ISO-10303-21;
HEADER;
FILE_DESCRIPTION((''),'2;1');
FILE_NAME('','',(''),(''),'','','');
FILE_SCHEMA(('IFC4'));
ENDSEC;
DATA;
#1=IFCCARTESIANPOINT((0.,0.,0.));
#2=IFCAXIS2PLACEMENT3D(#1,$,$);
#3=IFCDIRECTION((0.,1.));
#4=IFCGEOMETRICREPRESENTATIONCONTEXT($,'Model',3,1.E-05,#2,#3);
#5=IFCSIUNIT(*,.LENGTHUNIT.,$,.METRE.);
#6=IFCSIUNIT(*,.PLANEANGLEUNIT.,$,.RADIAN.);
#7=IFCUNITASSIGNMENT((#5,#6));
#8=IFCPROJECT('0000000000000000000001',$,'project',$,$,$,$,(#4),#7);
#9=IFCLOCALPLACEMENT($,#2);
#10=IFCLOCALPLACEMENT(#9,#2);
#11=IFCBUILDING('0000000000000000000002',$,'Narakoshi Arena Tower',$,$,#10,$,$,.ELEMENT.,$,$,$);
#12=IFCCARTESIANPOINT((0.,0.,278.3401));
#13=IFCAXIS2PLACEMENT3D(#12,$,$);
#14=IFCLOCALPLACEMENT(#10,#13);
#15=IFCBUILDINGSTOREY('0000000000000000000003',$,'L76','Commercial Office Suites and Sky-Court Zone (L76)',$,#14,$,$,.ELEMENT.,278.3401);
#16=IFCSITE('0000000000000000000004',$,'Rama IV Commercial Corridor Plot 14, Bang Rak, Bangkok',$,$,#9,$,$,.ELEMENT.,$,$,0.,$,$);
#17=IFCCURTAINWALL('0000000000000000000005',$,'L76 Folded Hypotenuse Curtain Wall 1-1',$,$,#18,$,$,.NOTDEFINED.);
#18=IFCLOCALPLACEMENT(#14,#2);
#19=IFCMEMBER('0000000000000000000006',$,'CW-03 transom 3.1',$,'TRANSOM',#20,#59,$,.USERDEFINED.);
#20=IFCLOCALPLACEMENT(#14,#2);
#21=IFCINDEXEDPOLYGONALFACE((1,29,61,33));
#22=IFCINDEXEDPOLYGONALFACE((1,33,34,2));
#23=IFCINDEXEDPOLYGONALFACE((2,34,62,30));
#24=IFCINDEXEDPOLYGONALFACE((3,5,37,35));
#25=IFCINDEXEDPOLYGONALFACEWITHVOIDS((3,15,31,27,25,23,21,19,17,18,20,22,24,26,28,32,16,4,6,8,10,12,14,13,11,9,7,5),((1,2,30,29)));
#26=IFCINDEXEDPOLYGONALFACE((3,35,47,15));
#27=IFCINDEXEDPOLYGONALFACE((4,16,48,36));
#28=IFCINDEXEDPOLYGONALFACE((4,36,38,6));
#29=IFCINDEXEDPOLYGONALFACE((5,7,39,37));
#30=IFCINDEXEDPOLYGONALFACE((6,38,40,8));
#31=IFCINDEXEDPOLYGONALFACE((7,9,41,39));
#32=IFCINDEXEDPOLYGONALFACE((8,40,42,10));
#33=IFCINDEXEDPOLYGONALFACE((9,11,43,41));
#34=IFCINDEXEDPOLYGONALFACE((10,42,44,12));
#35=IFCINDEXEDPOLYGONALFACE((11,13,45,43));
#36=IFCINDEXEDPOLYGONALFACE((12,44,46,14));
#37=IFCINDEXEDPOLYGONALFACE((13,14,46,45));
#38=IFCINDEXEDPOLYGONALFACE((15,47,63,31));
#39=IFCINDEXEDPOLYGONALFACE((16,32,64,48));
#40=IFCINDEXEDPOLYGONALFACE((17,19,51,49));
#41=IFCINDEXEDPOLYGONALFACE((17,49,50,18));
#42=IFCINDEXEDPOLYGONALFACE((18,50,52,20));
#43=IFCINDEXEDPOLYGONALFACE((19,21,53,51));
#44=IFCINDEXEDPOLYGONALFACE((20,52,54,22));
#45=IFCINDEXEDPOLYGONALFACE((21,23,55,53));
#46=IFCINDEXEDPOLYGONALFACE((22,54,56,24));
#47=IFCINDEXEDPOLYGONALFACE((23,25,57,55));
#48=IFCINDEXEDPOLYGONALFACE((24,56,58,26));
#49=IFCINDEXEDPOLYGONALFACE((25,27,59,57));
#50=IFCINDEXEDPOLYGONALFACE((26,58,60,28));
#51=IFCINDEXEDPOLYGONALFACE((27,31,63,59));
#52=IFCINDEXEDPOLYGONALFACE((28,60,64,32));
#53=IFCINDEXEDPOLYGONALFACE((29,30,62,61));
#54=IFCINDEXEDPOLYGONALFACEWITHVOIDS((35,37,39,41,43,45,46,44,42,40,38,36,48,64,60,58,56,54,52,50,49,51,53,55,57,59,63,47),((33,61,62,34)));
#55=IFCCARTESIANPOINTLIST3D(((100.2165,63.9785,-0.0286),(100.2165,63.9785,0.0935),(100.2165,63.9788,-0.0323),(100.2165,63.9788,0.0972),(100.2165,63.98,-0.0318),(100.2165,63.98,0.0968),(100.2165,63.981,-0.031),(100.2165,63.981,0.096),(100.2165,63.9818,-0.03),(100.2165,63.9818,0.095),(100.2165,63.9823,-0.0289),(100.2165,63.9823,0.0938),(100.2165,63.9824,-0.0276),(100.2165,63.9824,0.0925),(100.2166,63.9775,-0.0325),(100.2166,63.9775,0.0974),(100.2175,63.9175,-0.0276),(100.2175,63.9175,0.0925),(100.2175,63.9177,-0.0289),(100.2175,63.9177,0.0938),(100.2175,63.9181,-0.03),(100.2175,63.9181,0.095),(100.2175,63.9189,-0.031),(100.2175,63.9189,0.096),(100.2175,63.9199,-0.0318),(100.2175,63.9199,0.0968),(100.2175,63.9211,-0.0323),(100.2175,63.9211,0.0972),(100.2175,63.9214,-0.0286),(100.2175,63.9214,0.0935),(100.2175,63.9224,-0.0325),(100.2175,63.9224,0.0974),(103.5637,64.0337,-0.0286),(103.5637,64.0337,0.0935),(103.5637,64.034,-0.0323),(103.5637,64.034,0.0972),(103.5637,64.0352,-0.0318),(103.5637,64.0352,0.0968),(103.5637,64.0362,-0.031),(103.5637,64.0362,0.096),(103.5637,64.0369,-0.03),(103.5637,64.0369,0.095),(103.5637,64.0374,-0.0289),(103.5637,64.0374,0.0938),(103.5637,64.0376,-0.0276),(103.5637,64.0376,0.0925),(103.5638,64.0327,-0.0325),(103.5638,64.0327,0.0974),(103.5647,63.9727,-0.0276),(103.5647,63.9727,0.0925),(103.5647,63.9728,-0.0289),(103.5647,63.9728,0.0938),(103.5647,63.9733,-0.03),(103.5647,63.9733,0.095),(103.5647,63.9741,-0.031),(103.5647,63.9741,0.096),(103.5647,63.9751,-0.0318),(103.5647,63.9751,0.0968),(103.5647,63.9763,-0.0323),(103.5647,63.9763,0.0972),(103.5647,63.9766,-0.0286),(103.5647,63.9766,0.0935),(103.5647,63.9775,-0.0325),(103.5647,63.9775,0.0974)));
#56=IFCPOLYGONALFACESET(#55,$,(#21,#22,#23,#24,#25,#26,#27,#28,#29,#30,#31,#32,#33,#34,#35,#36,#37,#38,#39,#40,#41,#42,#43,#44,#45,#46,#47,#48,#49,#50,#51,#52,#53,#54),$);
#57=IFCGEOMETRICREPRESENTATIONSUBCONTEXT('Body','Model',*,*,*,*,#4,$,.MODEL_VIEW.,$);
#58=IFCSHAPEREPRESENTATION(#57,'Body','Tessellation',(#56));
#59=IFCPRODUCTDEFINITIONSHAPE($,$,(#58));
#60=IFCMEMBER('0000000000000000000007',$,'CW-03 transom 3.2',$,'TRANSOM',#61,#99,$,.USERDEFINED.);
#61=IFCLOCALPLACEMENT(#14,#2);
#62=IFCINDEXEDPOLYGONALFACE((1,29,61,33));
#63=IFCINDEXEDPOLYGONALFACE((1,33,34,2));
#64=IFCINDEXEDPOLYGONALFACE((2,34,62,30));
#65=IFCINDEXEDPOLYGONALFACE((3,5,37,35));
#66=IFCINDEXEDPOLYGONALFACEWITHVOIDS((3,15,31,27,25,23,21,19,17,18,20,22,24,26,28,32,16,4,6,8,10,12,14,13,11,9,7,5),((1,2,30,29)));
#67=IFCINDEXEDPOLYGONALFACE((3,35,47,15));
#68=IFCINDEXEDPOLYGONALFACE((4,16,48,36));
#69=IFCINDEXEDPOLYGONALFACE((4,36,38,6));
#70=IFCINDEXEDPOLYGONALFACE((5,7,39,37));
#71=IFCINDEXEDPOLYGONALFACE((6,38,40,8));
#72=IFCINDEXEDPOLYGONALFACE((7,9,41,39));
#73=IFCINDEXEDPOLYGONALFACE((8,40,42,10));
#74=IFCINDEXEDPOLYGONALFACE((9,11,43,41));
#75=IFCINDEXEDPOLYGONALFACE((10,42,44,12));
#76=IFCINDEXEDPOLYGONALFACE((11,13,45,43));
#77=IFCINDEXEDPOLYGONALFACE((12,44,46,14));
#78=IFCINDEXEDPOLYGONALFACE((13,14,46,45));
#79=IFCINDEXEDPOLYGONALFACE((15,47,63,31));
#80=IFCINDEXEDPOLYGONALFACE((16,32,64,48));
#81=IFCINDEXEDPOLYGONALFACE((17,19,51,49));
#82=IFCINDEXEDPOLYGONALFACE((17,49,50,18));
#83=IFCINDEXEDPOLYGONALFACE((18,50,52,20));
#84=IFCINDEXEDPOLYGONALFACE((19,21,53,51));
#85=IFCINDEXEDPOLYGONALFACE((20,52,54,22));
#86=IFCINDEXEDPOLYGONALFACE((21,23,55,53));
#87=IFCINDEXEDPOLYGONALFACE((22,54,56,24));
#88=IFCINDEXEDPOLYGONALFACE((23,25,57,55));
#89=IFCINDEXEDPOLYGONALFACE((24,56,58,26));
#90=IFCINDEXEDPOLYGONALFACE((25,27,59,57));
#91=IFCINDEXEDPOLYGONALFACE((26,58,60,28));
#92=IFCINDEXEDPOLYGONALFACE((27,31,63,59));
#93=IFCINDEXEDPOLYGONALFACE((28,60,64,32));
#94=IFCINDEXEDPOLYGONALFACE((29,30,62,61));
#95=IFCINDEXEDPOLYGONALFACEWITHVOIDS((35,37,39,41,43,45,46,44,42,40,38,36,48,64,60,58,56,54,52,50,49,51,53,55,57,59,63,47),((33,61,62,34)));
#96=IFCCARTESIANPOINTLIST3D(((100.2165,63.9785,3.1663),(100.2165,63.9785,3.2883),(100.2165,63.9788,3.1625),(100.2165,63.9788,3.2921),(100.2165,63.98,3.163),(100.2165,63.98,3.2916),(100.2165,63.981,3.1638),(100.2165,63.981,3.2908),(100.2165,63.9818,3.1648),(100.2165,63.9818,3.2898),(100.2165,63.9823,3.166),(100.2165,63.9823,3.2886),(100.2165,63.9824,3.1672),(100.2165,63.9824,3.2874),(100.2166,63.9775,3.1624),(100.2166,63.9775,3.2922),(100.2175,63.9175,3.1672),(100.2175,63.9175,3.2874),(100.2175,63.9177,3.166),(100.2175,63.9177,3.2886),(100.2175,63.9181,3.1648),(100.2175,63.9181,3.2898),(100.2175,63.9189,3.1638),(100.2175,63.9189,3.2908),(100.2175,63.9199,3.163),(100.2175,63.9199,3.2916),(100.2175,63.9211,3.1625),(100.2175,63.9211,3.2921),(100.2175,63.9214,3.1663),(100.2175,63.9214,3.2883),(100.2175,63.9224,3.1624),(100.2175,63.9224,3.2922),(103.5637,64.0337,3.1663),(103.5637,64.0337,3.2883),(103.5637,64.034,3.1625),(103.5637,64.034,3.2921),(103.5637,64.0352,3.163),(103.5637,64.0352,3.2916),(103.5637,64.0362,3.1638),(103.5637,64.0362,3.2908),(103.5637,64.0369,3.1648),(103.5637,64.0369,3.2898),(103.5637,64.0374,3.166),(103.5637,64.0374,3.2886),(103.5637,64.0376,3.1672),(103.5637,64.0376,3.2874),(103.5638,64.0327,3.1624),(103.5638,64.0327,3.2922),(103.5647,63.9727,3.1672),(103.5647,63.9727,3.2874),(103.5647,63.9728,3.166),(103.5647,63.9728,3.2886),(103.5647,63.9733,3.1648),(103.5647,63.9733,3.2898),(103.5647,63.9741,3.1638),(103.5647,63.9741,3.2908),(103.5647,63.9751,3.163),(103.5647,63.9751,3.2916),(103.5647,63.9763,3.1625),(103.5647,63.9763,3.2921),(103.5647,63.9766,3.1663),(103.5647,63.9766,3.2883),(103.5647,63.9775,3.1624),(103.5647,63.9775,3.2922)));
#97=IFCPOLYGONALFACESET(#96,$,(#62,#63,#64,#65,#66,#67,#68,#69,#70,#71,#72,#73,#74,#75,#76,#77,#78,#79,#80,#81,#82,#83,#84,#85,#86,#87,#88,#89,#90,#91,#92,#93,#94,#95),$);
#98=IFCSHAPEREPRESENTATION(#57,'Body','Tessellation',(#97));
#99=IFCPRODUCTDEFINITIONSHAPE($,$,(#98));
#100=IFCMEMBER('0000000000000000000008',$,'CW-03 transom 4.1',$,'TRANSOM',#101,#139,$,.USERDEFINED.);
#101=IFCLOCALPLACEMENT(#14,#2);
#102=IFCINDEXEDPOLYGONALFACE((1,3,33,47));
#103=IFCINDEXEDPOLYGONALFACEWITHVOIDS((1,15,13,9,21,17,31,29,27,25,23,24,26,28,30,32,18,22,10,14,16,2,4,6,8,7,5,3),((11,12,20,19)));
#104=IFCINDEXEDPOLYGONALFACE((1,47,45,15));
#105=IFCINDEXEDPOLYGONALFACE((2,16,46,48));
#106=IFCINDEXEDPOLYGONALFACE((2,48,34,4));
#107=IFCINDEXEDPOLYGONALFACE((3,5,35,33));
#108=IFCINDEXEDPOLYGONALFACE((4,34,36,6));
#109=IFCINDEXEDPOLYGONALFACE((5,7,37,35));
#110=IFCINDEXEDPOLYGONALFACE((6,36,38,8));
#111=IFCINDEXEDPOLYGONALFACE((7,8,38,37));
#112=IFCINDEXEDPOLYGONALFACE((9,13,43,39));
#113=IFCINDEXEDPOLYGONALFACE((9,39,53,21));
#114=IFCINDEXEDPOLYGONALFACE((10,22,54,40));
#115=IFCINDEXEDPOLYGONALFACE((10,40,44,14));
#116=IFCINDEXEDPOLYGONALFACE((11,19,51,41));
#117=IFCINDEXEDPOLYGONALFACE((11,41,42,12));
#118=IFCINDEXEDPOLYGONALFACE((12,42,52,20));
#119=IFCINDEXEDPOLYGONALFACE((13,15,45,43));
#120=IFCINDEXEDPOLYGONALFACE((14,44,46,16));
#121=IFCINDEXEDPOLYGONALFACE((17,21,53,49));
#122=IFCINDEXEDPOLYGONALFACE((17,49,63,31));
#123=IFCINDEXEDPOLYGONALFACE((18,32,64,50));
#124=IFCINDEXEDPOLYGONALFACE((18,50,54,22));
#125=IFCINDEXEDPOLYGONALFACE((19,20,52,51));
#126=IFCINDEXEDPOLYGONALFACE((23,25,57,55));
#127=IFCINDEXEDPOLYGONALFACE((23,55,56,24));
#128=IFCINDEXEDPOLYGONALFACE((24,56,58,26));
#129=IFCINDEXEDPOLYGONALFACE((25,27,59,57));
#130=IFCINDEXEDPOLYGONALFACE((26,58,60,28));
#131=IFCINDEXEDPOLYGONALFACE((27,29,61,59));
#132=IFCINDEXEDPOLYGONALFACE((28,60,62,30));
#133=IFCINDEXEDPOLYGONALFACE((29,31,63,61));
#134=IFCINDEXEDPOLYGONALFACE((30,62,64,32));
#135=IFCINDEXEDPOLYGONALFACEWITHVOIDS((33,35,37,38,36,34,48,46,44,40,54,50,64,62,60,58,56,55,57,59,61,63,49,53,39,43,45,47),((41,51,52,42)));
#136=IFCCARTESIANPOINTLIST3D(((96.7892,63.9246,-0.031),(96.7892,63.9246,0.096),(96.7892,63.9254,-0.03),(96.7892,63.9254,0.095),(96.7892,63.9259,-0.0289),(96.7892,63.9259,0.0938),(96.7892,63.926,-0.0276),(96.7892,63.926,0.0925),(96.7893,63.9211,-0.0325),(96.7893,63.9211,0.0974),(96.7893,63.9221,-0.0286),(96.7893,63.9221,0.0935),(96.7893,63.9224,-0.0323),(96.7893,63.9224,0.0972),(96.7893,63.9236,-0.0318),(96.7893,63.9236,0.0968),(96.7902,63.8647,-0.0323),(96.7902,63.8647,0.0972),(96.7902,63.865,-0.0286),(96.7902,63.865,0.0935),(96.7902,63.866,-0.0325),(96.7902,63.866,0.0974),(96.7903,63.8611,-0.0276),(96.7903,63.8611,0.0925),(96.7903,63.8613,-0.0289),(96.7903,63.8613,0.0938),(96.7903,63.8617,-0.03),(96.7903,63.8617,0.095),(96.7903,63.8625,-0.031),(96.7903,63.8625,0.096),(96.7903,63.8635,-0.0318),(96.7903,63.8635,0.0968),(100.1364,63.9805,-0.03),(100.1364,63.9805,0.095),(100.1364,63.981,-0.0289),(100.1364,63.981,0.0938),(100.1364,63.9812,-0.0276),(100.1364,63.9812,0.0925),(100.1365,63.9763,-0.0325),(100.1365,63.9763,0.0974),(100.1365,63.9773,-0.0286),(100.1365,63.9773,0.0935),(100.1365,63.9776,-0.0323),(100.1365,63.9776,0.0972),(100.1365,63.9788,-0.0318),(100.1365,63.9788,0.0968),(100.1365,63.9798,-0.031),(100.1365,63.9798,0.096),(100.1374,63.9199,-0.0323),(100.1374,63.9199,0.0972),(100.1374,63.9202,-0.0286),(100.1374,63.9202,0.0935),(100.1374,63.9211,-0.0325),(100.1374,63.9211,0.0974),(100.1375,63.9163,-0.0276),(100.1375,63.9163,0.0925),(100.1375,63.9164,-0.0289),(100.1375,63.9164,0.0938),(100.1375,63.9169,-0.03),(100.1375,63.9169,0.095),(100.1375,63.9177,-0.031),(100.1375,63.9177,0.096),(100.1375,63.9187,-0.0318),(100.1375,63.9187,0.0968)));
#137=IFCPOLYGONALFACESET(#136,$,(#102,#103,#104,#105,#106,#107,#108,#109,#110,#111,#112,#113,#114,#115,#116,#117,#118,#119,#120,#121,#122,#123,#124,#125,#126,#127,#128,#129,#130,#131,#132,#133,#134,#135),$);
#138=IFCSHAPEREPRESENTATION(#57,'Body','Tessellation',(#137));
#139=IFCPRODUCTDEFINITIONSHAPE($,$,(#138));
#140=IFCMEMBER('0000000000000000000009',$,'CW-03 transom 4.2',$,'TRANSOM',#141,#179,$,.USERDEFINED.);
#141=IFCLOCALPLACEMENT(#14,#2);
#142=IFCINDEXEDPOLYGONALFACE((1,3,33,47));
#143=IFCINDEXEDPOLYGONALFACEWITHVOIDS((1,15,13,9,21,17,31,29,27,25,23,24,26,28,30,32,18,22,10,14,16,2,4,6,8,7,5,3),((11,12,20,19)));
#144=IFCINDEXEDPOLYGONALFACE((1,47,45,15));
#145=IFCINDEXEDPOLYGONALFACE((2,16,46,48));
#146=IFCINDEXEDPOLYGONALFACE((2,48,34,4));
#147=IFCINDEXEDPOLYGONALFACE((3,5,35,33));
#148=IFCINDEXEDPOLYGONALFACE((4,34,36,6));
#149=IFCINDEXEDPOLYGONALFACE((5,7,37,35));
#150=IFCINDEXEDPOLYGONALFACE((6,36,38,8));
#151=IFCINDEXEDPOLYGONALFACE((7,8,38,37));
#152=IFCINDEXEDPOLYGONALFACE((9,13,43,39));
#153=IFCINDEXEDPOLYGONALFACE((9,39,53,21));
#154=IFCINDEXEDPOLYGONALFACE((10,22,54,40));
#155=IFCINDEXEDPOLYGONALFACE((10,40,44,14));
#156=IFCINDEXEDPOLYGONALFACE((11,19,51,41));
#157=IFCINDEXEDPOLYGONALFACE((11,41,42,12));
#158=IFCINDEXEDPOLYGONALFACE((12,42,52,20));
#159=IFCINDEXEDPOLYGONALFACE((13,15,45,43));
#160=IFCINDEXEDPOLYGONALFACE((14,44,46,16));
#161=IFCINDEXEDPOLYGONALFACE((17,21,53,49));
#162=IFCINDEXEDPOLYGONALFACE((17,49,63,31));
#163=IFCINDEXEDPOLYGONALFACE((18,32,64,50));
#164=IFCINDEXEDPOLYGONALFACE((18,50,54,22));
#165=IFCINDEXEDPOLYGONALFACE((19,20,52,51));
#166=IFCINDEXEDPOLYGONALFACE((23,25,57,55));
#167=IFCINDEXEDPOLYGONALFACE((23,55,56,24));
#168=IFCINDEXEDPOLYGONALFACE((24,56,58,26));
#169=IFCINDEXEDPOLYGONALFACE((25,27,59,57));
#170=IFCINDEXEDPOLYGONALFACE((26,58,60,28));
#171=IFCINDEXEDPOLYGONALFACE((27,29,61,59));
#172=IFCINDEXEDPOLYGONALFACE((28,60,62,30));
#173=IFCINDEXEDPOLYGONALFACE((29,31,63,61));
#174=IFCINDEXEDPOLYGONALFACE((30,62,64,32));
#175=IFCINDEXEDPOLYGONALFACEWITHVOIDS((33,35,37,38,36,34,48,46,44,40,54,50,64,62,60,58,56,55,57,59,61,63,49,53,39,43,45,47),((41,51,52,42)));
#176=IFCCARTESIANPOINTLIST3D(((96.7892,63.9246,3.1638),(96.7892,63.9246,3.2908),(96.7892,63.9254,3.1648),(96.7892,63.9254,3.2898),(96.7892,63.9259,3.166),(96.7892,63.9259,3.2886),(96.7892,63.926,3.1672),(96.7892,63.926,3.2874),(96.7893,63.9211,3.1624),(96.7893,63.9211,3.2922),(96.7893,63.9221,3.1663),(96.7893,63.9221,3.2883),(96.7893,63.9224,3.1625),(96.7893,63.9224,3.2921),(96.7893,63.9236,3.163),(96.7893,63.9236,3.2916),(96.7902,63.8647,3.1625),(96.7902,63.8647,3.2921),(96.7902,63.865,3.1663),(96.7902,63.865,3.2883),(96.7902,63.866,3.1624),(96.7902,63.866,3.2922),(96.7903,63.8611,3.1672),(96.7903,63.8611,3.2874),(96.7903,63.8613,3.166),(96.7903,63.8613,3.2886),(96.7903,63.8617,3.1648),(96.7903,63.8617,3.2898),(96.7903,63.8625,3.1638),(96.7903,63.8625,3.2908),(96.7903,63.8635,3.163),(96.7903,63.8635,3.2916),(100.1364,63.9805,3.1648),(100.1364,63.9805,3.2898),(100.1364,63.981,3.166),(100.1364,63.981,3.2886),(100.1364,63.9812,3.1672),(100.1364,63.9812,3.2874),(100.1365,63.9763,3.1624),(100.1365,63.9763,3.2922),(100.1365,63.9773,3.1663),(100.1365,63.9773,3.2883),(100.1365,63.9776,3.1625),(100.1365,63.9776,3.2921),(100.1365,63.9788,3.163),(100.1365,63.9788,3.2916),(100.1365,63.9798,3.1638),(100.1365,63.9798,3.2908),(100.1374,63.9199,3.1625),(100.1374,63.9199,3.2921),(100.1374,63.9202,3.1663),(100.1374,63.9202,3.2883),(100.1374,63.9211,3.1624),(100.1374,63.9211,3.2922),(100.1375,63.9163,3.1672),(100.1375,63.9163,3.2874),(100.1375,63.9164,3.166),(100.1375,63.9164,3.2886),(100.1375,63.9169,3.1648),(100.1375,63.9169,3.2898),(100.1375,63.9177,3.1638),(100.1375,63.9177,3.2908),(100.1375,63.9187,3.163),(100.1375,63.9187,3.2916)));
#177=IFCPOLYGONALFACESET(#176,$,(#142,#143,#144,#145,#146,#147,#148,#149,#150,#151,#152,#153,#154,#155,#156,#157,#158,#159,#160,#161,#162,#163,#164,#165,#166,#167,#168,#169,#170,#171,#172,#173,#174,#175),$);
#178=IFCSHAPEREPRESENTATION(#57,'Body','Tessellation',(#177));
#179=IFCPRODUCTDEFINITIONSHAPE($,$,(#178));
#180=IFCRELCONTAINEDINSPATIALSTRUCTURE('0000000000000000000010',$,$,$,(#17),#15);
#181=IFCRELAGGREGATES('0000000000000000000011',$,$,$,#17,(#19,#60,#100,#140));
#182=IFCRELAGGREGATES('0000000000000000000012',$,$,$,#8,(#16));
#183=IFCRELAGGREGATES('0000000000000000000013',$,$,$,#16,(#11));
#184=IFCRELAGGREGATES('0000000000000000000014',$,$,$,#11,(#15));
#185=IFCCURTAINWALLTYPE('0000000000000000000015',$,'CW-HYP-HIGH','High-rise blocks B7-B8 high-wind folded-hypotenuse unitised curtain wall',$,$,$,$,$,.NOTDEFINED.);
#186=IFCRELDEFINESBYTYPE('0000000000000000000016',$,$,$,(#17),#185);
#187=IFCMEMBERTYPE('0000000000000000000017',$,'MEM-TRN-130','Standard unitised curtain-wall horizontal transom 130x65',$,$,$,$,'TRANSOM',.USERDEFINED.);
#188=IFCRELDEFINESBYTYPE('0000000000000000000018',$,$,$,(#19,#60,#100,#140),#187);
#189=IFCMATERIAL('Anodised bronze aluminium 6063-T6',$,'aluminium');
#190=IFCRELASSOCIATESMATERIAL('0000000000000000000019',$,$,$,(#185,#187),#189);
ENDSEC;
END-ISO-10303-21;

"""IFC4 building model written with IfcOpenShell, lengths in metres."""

from ifc_helpers import new_model, si_unit, direction, frame, origin, origin_2d, place, context, subcontext, project, spatial, hollow_rectangle, extrude, material, material_profile, profile_set, type_object, element, aggregate, save


model = new_model("IFC4")

# Units and contexts
model_context = context("Model", 3, precision=1e-05, world=origin(), true_north=direction((0.0, 1.0)))
body_context = subcontext(model_context, "Body", "Model", "MODEL_VIEW")
ifc_project = project(units=[si_unit("LENGTHUNIT", "METRE"), si_unit("PLANEANGLEUNIT", "RADIAN")], contexts=[model_context])

# Site, building, storey
site_placement = place(None, origin())
site = spatial("IfcSite", under=ifc_project, at=site_placement, Name="Rama IV Commercial Corridor Plot 14, Bang Rak, Bangkok", CompositionType="ELEMENT", RefElevation=0.0)
building_placement = place(site_placement, origin())
building = spatial("IfcBuilding", under=site, at=building_placement, Name="Narakoshi Arena Tower", CompositionType="ELEMENT")
storey_placement = place(building_placement, frame((0.0, 0.0, 278.3401)))
storey = spatial("IfcBuildingStorey", under=building, at=storey_placement, Name="L76", Description="Commercial Office Suites and Sky-Court Zone (L76)", CompositionType="ELEMENT", Elevation=278.3401)

# Curtain wall, members
ifc_material_1 = material(Name="Anodised bronze aluminium 6063-T6", Category="aluminium")
curtain_wall_type = type_object("IfcCurtainWallType", Name="CW-HYP-HIGH", Description="High-rise blocks B7-B8 high-wind folded-hypotenuse unitised curtain wall", PredefinedType="NOTDEFINED", material=ifc_material_1)
curtain_wall_placement = place(storey_placement, origin())
curtain_wall = element("IfcCurtainWall", 1, at=curtain_wall_placement, inside=storey, type_object=curtain_wall_type, Name="L76 Folded Hypotenuse Curtain Wall 1-1", PredefinedType="NOTDEFINED")
ifc_material_profile_1 = material_profile(ifc_material_1, hollow_rectangle(XDim=0.0649, YDim=0.1299, WallThickness=0.0039, OuterFilletRadius=0.0049, at=origin_2d()), Name="TRN130x65x4")
ifc_profile_set_1 = profile_set([ifc_material_profile_1], Name="Anodised bronze aluminium 6063-T6")
member_type_1 = type_object("IfcMemberType", Name="MEM-TRN-130", Description="Standard unitised curtain-wall horizontal transom 130x65", ElementType="TRANSOM", PredefinedType="USERDEFINED", material=ifc_profile_set_1)
member_1_placement = place(storey_placement, frame((103.5642, 64.0051, 0.0325), z_axis=(-0.999864, -0.016482, 0.0), x_axis=(0.016482, -0.999864, 0.0)))
member_1 = element("IfcMember", 2, at=member_1_placement, type_object=member_type_1, Name="CW-03 transom 3.1", ObjectType="TRANSOM", PredefinedType="USERDEFINED", context=body_context, shape_type="SweptSolid", body=[
    extrude(hollow_rectangle(XDim=0.0649, YDim=0.1299, WallThickness=0.0039, OuterFilletRadius=0.0049, at=origin_2d()), origin(), (0.0, 0.0, 1.0), 3.3477),
])
member_2_placement = place(storey_placement, frame((103.5642, 64.0051, 3.2273), z_axis=(-0.999864, -0.016482, 0.0), x_axis=(0.016482, -0.999864, 0.0)))
member_2 = element("IfcMember", 3, at=member_2_placement, type_object=member_type_1, Name="CW-03 transom 3.2", ObjectType="TRANSOM", PredefinedType="USERDEFINED", context=body_context, shape_type="SweptSolid", body=[
    extrude(hollow_rectangle(XDim=0.0649, YDim=0.1299, WallThickness=0.0039, OuterFilletRadius=0.0049, at=origin_2d()), origin(), (0.0, 0.0, 1.0), 3.3477),
])
member_3_placement = place(storey_placement, frame((100.137, 63.9487, 0.0325), z_axis=(-0.999864, -0.016482, 0.0), x_axis=(0.016482, -0.999864, 0.0)))
member_3 = element("IfcMember", 4, at=member_3_placement, type_object=member_type_1, Name="CW-03 transom 4.1", ObjectType="TRANSOM", PredefinedType="USERDEFINED", context=body_context, shape_type="SweptSolid", body=[
    extrude(hollow_rectangle(XDim=0.0649, YDim=0.1299, WallThickness=0.0039, OuterFilletRadius=0.0049, at=origin_2d()), origin(), (0.0, 0.0, 1.0), 3.3477),
])
member_4_placement = place(storey_placement, frame((100.137, 63.9487, 3.2273), z_axis=(-0.999864, -0.016482, 0.0), x_axis=(0.016482, -0.999864, 0.0)))
member_4 = element("IfcMember", 5, at=member_4_placement, type_object=member_type_1, Name="CW-03 transom 4.2", ObjectType="TRANSOM", PredefinedType="USERDEFINED", context=body_context, shape_type="SweptSolid", body=[
    extrude(hollow_rectangle(XDim=0.0649, YDim=0.1299, WallThickness=0.0039, OuterFilletRadius=0.0049, at=origin_2d()), origin(), (0.0, 0.0, 1.0), 3.3477),
])
aggregate(curtain_wall, [member_1, member_2, member_3, member_4])

save(model, "model.ifc")
